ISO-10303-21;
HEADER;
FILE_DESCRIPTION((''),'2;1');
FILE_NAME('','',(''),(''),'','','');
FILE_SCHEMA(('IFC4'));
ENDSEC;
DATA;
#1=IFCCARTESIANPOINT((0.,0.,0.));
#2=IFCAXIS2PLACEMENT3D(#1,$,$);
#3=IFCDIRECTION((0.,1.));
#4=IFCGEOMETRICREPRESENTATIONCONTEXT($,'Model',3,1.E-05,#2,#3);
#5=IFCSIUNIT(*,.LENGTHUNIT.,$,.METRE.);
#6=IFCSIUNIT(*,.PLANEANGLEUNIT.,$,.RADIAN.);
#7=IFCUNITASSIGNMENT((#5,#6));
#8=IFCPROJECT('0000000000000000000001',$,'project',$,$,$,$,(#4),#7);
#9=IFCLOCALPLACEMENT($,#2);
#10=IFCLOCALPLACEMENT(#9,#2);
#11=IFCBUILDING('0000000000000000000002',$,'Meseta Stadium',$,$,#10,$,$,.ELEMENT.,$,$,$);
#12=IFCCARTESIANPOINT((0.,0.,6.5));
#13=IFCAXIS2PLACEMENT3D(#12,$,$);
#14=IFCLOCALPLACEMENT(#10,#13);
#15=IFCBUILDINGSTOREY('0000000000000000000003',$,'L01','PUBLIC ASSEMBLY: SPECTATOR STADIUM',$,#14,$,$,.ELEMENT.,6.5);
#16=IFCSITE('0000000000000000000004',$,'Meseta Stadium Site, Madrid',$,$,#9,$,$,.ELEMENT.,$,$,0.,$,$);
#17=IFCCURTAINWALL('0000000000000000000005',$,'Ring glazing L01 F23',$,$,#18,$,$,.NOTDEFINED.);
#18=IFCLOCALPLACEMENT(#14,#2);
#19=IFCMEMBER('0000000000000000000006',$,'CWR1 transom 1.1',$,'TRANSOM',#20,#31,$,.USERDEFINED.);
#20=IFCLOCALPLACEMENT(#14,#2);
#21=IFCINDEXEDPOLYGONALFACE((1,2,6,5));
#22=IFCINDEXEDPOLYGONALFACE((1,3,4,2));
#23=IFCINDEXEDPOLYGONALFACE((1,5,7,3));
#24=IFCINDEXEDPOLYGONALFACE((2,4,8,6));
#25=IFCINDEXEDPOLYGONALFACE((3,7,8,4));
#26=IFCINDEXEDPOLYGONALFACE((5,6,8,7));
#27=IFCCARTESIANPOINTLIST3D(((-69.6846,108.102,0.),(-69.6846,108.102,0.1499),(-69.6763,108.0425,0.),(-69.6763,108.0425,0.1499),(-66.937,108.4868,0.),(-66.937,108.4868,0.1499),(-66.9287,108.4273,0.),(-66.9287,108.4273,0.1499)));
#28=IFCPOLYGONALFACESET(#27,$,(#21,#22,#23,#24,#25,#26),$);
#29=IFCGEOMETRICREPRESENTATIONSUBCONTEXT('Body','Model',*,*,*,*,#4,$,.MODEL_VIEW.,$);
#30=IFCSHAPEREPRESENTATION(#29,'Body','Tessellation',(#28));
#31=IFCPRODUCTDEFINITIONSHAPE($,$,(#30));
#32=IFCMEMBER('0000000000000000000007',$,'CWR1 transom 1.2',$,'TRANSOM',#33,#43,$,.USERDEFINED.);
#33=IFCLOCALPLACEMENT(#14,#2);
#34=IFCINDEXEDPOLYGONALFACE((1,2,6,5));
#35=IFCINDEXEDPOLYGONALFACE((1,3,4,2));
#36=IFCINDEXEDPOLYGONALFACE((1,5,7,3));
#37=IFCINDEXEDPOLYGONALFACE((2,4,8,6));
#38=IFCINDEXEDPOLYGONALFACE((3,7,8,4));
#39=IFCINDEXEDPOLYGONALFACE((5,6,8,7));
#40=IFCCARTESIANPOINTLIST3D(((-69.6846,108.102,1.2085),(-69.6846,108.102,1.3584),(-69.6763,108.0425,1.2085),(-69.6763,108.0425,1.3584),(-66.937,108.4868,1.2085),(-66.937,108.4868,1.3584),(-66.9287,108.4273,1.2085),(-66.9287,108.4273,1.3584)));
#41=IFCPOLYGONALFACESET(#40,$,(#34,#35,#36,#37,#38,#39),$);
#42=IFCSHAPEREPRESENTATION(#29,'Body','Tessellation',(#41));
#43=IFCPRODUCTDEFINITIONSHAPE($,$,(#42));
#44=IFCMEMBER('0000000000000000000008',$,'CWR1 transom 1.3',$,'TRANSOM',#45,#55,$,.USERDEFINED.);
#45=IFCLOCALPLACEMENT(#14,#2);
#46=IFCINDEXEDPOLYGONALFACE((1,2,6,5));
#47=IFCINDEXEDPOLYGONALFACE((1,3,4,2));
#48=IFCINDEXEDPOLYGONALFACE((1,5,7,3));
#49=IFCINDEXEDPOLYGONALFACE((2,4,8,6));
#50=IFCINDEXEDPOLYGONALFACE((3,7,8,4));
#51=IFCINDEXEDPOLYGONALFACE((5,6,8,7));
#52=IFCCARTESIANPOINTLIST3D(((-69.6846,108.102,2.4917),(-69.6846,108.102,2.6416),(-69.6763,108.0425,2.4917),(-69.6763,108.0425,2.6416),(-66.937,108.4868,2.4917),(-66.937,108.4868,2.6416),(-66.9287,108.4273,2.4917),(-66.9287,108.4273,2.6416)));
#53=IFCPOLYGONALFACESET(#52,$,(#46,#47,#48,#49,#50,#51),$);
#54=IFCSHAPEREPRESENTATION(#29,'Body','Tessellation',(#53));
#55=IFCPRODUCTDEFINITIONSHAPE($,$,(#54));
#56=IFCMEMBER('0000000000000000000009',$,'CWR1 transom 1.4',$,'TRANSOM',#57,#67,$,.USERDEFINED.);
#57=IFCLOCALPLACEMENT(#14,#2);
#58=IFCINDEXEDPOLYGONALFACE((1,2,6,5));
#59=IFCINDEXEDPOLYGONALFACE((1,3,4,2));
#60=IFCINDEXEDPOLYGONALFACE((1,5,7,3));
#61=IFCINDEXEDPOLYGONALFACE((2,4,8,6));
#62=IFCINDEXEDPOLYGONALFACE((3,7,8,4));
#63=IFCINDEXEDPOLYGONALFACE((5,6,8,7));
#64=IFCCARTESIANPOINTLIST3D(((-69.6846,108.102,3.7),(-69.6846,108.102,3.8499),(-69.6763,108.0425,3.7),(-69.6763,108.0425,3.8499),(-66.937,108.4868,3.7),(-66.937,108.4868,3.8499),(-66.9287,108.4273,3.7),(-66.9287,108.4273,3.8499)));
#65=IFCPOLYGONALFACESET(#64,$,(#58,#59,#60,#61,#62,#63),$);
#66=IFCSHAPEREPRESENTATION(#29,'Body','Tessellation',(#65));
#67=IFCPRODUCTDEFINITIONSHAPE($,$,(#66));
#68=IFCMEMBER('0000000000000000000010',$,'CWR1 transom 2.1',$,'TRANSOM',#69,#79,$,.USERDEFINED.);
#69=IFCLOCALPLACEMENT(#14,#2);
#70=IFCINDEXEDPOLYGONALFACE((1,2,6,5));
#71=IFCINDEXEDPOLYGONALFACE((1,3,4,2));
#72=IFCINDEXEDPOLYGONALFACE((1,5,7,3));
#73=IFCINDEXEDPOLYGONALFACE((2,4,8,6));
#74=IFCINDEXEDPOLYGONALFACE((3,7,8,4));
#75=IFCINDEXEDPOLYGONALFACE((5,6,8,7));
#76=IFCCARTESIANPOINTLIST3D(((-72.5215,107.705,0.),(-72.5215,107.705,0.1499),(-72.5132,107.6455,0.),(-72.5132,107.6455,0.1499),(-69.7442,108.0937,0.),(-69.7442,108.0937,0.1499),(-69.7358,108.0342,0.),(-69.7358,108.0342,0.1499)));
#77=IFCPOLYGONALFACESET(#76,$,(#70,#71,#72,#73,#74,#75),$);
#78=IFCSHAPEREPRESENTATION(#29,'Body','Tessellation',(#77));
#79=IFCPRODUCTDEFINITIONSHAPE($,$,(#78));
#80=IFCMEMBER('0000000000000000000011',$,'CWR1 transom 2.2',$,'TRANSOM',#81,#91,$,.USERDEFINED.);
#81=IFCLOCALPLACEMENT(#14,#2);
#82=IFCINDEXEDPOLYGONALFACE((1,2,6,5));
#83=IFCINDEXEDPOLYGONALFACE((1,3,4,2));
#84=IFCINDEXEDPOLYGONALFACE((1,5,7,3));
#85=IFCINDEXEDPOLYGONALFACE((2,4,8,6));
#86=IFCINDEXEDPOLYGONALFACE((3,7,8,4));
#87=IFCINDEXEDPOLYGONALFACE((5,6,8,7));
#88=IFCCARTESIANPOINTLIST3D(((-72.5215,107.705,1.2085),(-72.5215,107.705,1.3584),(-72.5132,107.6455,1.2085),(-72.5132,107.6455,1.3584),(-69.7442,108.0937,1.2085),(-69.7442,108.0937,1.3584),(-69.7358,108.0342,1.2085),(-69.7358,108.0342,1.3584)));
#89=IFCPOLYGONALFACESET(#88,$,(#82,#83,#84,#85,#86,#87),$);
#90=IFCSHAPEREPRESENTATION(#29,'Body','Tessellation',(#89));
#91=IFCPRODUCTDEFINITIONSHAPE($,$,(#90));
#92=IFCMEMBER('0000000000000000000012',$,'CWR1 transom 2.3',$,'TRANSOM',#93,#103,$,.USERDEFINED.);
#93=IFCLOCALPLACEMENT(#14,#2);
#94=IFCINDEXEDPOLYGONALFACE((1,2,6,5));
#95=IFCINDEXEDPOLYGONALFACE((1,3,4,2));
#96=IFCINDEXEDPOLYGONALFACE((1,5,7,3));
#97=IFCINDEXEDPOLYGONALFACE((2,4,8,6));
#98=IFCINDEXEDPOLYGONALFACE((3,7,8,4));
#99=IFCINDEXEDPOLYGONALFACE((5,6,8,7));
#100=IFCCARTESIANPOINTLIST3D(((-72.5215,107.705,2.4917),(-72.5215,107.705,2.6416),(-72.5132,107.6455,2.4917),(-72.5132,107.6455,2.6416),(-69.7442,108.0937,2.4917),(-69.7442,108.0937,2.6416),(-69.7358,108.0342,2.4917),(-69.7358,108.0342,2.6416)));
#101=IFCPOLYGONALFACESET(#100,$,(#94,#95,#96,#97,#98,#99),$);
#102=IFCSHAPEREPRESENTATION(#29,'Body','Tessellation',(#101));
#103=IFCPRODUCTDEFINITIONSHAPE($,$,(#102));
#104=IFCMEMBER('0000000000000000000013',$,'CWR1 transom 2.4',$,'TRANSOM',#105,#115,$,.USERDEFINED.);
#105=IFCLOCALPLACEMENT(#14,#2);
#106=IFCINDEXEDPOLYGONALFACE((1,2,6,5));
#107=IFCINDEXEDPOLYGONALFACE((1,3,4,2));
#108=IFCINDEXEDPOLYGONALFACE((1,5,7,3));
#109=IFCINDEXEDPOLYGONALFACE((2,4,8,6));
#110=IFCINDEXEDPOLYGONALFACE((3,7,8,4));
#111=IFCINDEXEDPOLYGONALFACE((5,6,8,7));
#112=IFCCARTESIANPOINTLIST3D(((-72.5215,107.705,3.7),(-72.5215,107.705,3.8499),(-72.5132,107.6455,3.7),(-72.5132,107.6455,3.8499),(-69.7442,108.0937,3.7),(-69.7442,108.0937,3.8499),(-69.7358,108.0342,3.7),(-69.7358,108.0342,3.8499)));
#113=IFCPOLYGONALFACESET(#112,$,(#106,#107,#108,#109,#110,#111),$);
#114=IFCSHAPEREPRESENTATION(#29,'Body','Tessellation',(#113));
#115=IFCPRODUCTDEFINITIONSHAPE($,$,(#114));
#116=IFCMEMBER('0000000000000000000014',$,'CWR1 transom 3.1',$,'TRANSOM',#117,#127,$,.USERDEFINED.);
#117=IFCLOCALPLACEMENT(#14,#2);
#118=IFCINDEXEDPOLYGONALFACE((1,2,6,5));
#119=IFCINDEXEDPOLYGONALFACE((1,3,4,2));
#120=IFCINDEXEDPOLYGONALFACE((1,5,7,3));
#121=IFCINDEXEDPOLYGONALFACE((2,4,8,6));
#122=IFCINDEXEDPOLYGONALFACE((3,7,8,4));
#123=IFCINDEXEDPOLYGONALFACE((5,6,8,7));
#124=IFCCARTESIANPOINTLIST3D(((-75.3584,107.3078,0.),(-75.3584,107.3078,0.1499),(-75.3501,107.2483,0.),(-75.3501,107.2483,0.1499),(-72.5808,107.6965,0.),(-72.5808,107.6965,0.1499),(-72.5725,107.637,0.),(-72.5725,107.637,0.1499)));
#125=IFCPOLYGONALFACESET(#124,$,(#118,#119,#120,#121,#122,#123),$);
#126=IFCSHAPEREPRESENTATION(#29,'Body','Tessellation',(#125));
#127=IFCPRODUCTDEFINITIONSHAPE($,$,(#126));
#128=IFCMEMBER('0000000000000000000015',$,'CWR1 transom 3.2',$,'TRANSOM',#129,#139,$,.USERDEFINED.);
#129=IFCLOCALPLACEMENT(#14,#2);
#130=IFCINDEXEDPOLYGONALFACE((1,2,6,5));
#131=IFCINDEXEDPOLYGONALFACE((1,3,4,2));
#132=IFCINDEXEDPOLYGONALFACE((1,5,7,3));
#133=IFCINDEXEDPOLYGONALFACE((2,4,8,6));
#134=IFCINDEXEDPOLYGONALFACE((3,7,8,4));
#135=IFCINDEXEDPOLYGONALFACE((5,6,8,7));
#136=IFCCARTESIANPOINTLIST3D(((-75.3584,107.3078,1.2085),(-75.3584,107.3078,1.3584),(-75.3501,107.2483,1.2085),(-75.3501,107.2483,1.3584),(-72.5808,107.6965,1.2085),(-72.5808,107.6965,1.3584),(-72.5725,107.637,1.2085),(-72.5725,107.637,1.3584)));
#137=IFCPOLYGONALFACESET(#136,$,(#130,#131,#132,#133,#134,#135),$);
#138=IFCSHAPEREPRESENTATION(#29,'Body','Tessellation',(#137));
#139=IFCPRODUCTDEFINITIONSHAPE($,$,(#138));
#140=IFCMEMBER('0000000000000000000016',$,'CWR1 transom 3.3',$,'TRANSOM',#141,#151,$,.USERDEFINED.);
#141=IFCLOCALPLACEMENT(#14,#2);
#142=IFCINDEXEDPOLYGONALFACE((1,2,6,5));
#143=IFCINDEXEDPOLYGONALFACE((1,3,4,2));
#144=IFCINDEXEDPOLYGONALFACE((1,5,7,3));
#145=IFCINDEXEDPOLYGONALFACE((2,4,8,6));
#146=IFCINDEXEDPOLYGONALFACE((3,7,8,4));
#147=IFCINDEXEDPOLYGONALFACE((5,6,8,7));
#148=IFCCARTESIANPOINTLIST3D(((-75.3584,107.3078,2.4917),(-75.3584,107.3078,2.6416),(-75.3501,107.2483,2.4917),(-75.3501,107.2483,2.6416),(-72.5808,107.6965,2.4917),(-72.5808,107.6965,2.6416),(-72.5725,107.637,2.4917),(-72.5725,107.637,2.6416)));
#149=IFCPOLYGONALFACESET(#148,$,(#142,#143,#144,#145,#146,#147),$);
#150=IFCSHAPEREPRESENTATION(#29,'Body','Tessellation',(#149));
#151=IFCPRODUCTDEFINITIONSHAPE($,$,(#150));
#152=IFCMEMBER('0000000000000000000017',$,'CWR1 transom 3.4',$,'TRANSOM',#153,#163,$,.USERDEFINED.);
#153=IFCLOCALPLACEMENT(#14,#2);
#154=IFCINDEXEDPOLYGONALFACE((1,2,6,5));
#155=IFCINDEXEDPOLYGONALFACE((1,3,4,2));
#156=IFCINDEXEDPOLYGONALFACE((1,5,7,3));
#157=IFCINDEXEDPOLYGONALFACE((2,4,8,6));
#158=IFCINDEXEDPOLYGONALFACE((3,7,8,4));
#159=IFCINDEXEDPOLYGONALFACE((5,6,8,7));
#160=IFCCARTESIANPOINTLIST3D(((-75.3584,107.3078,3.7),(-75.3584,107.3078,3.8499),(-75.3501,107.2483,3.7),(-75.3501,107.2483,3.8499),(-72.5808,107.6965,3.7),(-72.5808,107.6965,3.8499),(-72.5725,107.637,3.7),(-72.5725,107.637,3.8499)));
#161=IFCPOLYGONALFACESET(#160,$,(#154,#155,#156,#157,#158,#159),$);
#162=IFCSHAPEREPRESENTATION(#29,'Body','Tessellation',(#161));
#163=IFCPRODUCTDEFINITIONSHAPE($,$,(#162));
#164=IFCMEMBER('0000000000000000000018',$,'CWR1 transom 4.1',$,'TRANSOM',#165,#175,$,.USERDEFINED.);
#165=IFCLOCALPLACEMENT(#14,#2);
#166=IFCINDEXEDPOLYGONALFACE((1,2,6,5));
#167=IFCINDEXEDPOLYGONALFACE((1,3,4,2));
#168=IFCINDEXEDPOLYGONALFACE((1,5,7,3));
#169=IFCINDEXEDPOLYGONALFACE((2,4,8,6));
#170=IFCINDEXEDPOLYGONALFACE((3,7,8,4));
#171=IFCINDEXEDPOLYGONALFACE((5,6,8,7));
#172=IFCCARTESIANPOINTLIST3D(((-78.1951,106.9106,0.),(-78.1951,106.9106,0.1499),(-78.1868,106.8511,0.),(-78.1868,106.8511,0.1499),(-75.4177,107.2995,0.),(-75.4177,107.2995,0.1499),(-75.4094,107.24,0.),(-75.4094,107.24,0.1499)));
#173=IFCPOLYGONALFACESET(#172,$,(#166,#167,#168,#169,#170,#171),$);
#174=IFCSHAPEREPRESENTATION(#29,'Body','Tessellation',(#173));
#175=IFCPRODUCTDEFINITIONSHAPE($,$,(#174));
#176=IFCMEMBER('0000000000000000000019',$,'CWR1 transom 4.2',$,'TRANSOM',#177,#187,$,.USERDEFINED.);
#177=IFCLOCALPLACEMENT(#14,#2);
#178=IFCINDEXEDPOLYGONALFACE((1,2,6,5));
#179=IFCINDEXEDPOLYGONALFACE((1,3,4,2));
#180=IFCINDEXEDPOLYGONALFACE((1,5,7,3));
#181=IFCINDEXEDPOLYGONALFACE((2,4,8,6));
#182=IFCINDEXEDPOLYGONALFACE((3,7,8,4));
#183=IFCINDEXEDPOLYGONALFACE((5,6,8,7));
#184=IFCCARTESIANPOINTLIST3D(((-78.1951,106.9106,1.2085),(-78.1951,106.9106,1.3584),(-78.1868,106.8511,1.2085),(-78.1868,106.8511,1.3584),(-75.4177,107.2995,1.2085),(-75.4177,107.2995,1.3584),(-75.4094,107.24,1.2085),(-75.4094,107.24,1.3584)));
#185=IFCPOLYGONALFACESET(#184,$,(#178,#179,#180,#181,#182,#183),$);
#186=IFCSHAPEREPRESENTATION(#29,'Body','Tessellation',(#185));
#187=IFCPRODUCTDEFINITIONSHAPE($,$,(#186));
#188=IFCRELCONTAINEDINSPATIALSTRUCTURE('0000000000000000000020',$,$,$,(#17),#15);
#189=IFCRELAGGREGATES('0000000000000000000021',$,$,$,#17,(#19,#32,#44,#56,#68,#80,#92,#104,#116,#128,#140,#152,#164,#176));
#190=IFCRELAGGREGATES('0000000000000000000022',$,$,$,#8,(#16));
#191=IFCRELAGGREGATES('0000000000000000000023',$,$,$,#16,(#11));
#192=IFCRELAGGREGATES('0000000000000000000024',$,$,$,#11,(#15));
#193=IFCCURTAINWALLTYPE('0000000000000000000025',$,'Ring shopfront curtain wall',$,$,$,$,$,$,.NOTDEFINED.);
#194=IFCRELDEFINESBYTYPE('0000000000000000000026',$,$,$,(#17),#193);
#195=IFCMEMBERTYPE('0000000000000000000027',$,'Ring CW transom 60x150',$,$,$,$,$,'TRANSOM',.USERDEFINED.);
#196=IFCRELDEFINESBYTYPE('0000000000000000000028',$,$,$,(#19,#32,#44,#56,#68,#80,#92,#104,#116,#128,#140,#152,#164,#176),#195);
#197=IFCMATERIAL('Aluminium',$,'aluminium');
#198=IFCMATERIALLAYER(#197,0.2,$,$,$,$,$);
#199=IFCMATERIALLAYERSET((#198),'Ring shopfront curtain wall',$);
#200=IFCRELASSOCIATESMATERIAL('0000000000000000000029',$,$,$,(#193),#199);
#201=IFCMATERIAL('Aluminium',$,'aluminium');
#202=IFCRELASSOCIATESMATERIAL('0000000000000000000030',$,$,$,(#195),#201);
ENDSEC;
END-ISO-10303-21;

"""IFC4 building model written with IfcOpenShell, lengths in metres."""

from ifc_helpers import new_model, si_unit, direction, frame, origin, origin_2d, place, context, subcontext, project, spatial, rectangle, extrude, material, layer, layer_set, material_profile, profile_set, type_object, element, aggregate, save


model = new_model("IFC4")

# Units and contexts
model_context = context("Model", 3, precision=1e-05, world=origin(), true_north=direction((0.0, 1.0)))
body_context = subcontext(model_context, "Body", "Model", "MODEL_VIEW")
ifc_project = project(units=[si_unit("LENGTHUNIT", "METRE"), si_unit("PLANEANGLEUNIT", "RADIAN")], contexts=[model_context])

# Site, building, storey
site_placement = place(None, origin())
site = spatial("IfcSite", under=ifc_project, at=site_placement, Name="Meseta Stadium Site, Madrid", CompositionType="ELEMENT", RefElevation=0.0)
building_placement = place(site_placement, origin())
building = spatial("IfcBuilding", under=site, at=building_placement, Name="Meseta Stadium", CompositionType="ELEMENT")
storey_placement = place(building_placement, frame((0.0, 0.0, 6.5)))
storey = spatial("IfcBuildingStorey", under=building, at=storey_placement, Name="L01", Description="PUBLIC ASSEMBLY: SPECTATOR STADIUM", CompositionType="ELEMENT", Elevation=6.5)

# Curtain wall, members
ifc_material_1 = material(Name="Aluminium", Category="aluminium")
ifc_layer_1 = layer(ifc_material_1, 0.2)
ifc_layer_set_1 = layer_set([ifc_layer_1], Name="Ring shopfront curtain wall")
curtain_wall_type = type_object("IfcCurtainWallType", Name="Ring shopfront curtain wall", PredefinedType="NOTDEFINED", material=ifc_layer_set_1)
curtain_wall_placement = place(storey_placement, origin())
curtain_wall = element("IfcCurtainWall", 1, at=curtain_wall_placement, inside=storey, type_object=curtain_wall_type, Name="Ring glazing L01 F23", PredefinedType="NOTDEFINED")
ifc_material_2 = material(Name="Aluminium", Category="aluminium")
ifc_material_profile_1 = material_profile(ifc_material_2, rectangle(XDim=0.0601, YDim=0.1499, at=origin_2d()), Name="CW 60x150")
ifc_profile_set_1 = profile_set([ifc_material_profile_1], Name="Aluminium")
member_type_1 = type_object("IfcMemberType", Name="Ring CW transom 60x150", ElementType="TRANSOM", PredefinedType="USERDEFINED", material=ifc_profile_set_1)
member_1_placement = place(storey_placement, frame((-66.9329, 108.457, 0.075), z_axis=(-0.990336, -0.138686, 0.0), x_axis=(0.138686, -0.990336, 0.0)))
member_1 = element("IfcMember", 2, at=member_1_placement, type_object=member_type_1, Name="CWR1 transom 1.1", ObjectType="TRANSOM", PredefinedType="USERDEFINED", context=body_context, shape_type="SweptSolid", body=[
    extrude(rectangle(XDim=0.0601, YDim=0.1499, at=origin_2d()), origin(), (0.0, 0.0, 1.0), 2.7744),
])
member_2_placement = place(storey_placement, frame((-66.9329, 108.457, 1.2834), z_axis=(-0.990336, -0.138686, 0.0), x_axis=(0.138686, -0.990336, 0.0)))
member_2 = element("IfcMember", 3, at=member_2_placement, type_object=member_type_1, Name="CWR1 transom 1.2", ObjectType="TRANSOM", PredefinedType="USERDEFINED", context=body_context, shape_type="SweptSolid", body=[
    extrude(rectangle(XDim=0.0601, YDim=0.1499, at=origin_2d()), origin(), (0.0, 0.0, 1.0), 2.7744),
])
member_3_placement = place(storey_placement, frame((-66.9329, 108.457, 2.5667), z_axis=(-0.990336, -0.138686, 0.0), x_axis=(0.138686, -0.990336, 0.0)))
member_3 = element("IfcMember", 4, at=member_3_placement, type_object=member_type_1, Name="CWR1 transom 1.3", ObjectType="TRANSOM", PredefinedType="USERDEFINED", context=body_context, shape_type="SweptSolid", body=[
    extrude(rectangle(XDim=0.0601, YDim=0.1499, at=origin_2d()), origin(), (0.0, 0.0, 1.0), 2.7744),
])
member_4_placement = place(storey_placement, frame((-66.9329, 108.457, 3.7749), z_axis=(-0.990336, -0.138686, 0.0), x_axis=(0.138686, -0.990336, 0.0)))
member_4 = element("IfcMember", 5, at=member_4_placement, type_object=member_type_1, Name="CWR1 transom 1.4", ObjectType="TRANSOM", PredefinedType="USERDEFINED", context=body_context, shape_type="SweptSolid", body=[
    extrude(rectangle(XDim=0.0601, YDim=0.1499, at=origin_2d()), origin(), (0.0, 0.0, 1.0), 2.7744),
])
member_5_placement = place(storey_placement, frame((-69.74, 108.064, 0.075), z_axis=(-0.990349, -0.138593, 0.0), x_axis=(0.138593, -0.990349, 0.0)))
member_5 = element("IfcMember", 6, at=member_5_placement, type_object=member_type_1, Name="CWR1 transom 2.1", ObjectType="TRANSOM", PredefinedType="USERDEFINED", context=body_context, shape_type="SweptSolid", body=[
    extrude(rectangle(XDim=0.0601, YDim=0.1499, at=origin_2d()), origin(), (0.0, 0.0, 1.0), 2.8044),
])
member_6_placement = place(storey_placement, frame((-69.74, 108.064, 1.2834), z_axis=(-0.990349, -0.138593, 0.0), x_axis=(0.138593, -0.990349, 0.0)))
member_6 = element("IfcMember", 7, at=member_6_placement, type_object=member_type_1, Name="CWR1 transom 2.2", ObjectType="TRANSOM", PredefinedType="USERDEFINED", context=body_context, shape_type="SweptSolid", body=[
    extrude(rectangle(XDim=0.0601, YDim=0.1499, at=origin_2d()), origin(), (0.0, 0.0, 1.0), 2.8044),
])
member_7_placement = place(storey_placement, frame((-69.74, 108.064, 2.5667), z_axis=(-0.990349, -0.138593, 0.0), x_axis=(0.138593, -0.990349, 0.0)))
member_7 = element("IfcMember", 8, at=member_7_placement, type_object=member_type_1, Name="CWR1 transom 2.3", ObjectType="TRANSOM", PredefinedType="USERDEFINED", context=body_context, shape_type="SweptSolid", body=[
    extrude(rectangle(XDim=0.0601, YDim=0.1499, at=origin_2d()), origin(), (0.0, 0.0, 1.0), 2.8044),
])
member_8_placement = place(storey_placement, frame((-69.74, 108.064, 3.7749), z_axis=(-0.990349, -0.138593, 0.0), x_axis=(0.138593, -0.990349, 0.0)))
member_8 = element("IfcMember", 9, at=member_8_placement, type_object=member_type_1, Name="CWR1 transom 2.4", ObjectType="TRANSOM", PredefinedType="USERDEFINED", context=body_context, shape_type="SweptSolid", body=[
    extrude(rectangle(XDim=0.0601, YDim=0.1499, at=origin_2d()), origin(), (0.0, 0.0, 1.0), 2.8044),
])
member_9_placement = place(storey_placement, frame((-72.5767, 107.6667, 0.075), z_axis=(-0.990351, -0.138581, 0.0), x_axis=(0.138581, -0.990351, 0.0)))
member_9 = element("IfcMember", 10, at=member_9_placement, type_object=member_type_1, Name="CWR1 transom 3.1", ObjectType="TRANSOM", PredefinedType="USERDEFINED", context=body_context, shape_type="SweptSolid", body=[
    extrude(rectangle(XDim=0.0601, YDim=0.1499, at=origin_2d()), origin(), (0.0, 0.0, 1.0), 2.8047),
])
member_10_placement = place(storey_placement, frame((-72.5767, 107.6667, 1.2834), z_axis=(-0.990351, -0.138581, 0.0), x_axis=(0.138581, -0.990351, 0.0)))
member_10 = element("IfcMember", 11, at=member_10_placement, type_object=member_type_1, Name="CWR1 transom 3.2", ObjectType="TRANSOM", PredefinedType="USERDEFINED", context=body_context, shape_type="SweptSolid", body=[
    extrude(rectangle(XDim=0.0601, YDim=0.1499, at=origin_2d()), origin(), (0.0, 0.0, 1.0), 2.8047),
])
member_11_placement = place(storey_placement, frame((-72.5767, 107.6667, 2.5667), z_axis=(-0.990351, -0.138581, 0.0), x_axis=(0.138581, -0.990351, 0.0)))
member_11 = element("IfcMember", 12, at=member_11_placement, type_object=member_type_1, Name="CWR1 transom 3.3", ObjectType="TRANSOM", PredefinedType="USERDEFINED", context=body_context, shape_type="SweptSolid", body=[
    extrude(rectangle(XDim=0.0601, YDim=0.1499, at=origin_2d()), origin(), (0.0, 0.0, 1.0), 2.8047),
])
member_12_placement = place(storey_placement, frame((-72.5767, 107.6667, 3.7749), z_axis=(-0.990351, -0.138581, 0.0), x_axis=(0.138581, -0.990351, 0.0)))
member_12 = element("IfcMember", 13, at=member_12_placement, type_object=member_type_1, Name="CWR1 transom 3.4", ObjectType="TRANSOM", PredefinedType="USERDEFINED", context=body_context, shape_type="SweptSolid", body=[
    extrude(rectangle(XDim=0.0601, YDim=0.1499, at=origin_2d()), origin(), (0.0, 0.0, 1.0), 2.8047),
])
member_13_placement = place(storey_placement, frame((-75.4136, 107.2698, 0.075), z_axis=(-0.990337, -0.138679, 0.0), x_axis=(0.138679, -0.990337, 0.0)))
member_13 = element("IfcMember", 14, at=member_13_placement, type_object=member_type_1, Name="CWR1 transom 4.1", ObjectType="TRANSOM", PredefinedType="USERDEFINED", context=body_context, shape_type="SweptSolid", body=[
    extrude(rectangle(XDim=0.0601, YDim=0.1499, at=origin_2d()), origin(), (0.0, 0.0, 1.0), 2.8044),
])
member_14_placement = place(storey_placement, frame((-75.4136, 107.2698, 1.2834), z_axis=(-0.990337, -0.138679, 0.0), x_axis=(0.138679, -0.990337, 0.0)))
member_14 = element("IfcMember", 15, at=member_14_placement, type_object=member_type_1, Name="CWR1 transom 4.2", ObjectType="TRANSOM", PredefinedType="USERDEFINED", context=body_context, shape_type="SweptSolid", body=[
    extrude(rectangle(XDim=0.0601, YDim=0.1499, at=origin_2d()), origin(), (0.0, 0.0, 1.0), 2.8044),
])
aggregate(curtain_wall, [member_1, member_2, member_3, member_4, member_5, member_6, member_7, member_8, member_9, member_10, member_11, member_12, member_13, member_14])

save(model, "model.ifc")
